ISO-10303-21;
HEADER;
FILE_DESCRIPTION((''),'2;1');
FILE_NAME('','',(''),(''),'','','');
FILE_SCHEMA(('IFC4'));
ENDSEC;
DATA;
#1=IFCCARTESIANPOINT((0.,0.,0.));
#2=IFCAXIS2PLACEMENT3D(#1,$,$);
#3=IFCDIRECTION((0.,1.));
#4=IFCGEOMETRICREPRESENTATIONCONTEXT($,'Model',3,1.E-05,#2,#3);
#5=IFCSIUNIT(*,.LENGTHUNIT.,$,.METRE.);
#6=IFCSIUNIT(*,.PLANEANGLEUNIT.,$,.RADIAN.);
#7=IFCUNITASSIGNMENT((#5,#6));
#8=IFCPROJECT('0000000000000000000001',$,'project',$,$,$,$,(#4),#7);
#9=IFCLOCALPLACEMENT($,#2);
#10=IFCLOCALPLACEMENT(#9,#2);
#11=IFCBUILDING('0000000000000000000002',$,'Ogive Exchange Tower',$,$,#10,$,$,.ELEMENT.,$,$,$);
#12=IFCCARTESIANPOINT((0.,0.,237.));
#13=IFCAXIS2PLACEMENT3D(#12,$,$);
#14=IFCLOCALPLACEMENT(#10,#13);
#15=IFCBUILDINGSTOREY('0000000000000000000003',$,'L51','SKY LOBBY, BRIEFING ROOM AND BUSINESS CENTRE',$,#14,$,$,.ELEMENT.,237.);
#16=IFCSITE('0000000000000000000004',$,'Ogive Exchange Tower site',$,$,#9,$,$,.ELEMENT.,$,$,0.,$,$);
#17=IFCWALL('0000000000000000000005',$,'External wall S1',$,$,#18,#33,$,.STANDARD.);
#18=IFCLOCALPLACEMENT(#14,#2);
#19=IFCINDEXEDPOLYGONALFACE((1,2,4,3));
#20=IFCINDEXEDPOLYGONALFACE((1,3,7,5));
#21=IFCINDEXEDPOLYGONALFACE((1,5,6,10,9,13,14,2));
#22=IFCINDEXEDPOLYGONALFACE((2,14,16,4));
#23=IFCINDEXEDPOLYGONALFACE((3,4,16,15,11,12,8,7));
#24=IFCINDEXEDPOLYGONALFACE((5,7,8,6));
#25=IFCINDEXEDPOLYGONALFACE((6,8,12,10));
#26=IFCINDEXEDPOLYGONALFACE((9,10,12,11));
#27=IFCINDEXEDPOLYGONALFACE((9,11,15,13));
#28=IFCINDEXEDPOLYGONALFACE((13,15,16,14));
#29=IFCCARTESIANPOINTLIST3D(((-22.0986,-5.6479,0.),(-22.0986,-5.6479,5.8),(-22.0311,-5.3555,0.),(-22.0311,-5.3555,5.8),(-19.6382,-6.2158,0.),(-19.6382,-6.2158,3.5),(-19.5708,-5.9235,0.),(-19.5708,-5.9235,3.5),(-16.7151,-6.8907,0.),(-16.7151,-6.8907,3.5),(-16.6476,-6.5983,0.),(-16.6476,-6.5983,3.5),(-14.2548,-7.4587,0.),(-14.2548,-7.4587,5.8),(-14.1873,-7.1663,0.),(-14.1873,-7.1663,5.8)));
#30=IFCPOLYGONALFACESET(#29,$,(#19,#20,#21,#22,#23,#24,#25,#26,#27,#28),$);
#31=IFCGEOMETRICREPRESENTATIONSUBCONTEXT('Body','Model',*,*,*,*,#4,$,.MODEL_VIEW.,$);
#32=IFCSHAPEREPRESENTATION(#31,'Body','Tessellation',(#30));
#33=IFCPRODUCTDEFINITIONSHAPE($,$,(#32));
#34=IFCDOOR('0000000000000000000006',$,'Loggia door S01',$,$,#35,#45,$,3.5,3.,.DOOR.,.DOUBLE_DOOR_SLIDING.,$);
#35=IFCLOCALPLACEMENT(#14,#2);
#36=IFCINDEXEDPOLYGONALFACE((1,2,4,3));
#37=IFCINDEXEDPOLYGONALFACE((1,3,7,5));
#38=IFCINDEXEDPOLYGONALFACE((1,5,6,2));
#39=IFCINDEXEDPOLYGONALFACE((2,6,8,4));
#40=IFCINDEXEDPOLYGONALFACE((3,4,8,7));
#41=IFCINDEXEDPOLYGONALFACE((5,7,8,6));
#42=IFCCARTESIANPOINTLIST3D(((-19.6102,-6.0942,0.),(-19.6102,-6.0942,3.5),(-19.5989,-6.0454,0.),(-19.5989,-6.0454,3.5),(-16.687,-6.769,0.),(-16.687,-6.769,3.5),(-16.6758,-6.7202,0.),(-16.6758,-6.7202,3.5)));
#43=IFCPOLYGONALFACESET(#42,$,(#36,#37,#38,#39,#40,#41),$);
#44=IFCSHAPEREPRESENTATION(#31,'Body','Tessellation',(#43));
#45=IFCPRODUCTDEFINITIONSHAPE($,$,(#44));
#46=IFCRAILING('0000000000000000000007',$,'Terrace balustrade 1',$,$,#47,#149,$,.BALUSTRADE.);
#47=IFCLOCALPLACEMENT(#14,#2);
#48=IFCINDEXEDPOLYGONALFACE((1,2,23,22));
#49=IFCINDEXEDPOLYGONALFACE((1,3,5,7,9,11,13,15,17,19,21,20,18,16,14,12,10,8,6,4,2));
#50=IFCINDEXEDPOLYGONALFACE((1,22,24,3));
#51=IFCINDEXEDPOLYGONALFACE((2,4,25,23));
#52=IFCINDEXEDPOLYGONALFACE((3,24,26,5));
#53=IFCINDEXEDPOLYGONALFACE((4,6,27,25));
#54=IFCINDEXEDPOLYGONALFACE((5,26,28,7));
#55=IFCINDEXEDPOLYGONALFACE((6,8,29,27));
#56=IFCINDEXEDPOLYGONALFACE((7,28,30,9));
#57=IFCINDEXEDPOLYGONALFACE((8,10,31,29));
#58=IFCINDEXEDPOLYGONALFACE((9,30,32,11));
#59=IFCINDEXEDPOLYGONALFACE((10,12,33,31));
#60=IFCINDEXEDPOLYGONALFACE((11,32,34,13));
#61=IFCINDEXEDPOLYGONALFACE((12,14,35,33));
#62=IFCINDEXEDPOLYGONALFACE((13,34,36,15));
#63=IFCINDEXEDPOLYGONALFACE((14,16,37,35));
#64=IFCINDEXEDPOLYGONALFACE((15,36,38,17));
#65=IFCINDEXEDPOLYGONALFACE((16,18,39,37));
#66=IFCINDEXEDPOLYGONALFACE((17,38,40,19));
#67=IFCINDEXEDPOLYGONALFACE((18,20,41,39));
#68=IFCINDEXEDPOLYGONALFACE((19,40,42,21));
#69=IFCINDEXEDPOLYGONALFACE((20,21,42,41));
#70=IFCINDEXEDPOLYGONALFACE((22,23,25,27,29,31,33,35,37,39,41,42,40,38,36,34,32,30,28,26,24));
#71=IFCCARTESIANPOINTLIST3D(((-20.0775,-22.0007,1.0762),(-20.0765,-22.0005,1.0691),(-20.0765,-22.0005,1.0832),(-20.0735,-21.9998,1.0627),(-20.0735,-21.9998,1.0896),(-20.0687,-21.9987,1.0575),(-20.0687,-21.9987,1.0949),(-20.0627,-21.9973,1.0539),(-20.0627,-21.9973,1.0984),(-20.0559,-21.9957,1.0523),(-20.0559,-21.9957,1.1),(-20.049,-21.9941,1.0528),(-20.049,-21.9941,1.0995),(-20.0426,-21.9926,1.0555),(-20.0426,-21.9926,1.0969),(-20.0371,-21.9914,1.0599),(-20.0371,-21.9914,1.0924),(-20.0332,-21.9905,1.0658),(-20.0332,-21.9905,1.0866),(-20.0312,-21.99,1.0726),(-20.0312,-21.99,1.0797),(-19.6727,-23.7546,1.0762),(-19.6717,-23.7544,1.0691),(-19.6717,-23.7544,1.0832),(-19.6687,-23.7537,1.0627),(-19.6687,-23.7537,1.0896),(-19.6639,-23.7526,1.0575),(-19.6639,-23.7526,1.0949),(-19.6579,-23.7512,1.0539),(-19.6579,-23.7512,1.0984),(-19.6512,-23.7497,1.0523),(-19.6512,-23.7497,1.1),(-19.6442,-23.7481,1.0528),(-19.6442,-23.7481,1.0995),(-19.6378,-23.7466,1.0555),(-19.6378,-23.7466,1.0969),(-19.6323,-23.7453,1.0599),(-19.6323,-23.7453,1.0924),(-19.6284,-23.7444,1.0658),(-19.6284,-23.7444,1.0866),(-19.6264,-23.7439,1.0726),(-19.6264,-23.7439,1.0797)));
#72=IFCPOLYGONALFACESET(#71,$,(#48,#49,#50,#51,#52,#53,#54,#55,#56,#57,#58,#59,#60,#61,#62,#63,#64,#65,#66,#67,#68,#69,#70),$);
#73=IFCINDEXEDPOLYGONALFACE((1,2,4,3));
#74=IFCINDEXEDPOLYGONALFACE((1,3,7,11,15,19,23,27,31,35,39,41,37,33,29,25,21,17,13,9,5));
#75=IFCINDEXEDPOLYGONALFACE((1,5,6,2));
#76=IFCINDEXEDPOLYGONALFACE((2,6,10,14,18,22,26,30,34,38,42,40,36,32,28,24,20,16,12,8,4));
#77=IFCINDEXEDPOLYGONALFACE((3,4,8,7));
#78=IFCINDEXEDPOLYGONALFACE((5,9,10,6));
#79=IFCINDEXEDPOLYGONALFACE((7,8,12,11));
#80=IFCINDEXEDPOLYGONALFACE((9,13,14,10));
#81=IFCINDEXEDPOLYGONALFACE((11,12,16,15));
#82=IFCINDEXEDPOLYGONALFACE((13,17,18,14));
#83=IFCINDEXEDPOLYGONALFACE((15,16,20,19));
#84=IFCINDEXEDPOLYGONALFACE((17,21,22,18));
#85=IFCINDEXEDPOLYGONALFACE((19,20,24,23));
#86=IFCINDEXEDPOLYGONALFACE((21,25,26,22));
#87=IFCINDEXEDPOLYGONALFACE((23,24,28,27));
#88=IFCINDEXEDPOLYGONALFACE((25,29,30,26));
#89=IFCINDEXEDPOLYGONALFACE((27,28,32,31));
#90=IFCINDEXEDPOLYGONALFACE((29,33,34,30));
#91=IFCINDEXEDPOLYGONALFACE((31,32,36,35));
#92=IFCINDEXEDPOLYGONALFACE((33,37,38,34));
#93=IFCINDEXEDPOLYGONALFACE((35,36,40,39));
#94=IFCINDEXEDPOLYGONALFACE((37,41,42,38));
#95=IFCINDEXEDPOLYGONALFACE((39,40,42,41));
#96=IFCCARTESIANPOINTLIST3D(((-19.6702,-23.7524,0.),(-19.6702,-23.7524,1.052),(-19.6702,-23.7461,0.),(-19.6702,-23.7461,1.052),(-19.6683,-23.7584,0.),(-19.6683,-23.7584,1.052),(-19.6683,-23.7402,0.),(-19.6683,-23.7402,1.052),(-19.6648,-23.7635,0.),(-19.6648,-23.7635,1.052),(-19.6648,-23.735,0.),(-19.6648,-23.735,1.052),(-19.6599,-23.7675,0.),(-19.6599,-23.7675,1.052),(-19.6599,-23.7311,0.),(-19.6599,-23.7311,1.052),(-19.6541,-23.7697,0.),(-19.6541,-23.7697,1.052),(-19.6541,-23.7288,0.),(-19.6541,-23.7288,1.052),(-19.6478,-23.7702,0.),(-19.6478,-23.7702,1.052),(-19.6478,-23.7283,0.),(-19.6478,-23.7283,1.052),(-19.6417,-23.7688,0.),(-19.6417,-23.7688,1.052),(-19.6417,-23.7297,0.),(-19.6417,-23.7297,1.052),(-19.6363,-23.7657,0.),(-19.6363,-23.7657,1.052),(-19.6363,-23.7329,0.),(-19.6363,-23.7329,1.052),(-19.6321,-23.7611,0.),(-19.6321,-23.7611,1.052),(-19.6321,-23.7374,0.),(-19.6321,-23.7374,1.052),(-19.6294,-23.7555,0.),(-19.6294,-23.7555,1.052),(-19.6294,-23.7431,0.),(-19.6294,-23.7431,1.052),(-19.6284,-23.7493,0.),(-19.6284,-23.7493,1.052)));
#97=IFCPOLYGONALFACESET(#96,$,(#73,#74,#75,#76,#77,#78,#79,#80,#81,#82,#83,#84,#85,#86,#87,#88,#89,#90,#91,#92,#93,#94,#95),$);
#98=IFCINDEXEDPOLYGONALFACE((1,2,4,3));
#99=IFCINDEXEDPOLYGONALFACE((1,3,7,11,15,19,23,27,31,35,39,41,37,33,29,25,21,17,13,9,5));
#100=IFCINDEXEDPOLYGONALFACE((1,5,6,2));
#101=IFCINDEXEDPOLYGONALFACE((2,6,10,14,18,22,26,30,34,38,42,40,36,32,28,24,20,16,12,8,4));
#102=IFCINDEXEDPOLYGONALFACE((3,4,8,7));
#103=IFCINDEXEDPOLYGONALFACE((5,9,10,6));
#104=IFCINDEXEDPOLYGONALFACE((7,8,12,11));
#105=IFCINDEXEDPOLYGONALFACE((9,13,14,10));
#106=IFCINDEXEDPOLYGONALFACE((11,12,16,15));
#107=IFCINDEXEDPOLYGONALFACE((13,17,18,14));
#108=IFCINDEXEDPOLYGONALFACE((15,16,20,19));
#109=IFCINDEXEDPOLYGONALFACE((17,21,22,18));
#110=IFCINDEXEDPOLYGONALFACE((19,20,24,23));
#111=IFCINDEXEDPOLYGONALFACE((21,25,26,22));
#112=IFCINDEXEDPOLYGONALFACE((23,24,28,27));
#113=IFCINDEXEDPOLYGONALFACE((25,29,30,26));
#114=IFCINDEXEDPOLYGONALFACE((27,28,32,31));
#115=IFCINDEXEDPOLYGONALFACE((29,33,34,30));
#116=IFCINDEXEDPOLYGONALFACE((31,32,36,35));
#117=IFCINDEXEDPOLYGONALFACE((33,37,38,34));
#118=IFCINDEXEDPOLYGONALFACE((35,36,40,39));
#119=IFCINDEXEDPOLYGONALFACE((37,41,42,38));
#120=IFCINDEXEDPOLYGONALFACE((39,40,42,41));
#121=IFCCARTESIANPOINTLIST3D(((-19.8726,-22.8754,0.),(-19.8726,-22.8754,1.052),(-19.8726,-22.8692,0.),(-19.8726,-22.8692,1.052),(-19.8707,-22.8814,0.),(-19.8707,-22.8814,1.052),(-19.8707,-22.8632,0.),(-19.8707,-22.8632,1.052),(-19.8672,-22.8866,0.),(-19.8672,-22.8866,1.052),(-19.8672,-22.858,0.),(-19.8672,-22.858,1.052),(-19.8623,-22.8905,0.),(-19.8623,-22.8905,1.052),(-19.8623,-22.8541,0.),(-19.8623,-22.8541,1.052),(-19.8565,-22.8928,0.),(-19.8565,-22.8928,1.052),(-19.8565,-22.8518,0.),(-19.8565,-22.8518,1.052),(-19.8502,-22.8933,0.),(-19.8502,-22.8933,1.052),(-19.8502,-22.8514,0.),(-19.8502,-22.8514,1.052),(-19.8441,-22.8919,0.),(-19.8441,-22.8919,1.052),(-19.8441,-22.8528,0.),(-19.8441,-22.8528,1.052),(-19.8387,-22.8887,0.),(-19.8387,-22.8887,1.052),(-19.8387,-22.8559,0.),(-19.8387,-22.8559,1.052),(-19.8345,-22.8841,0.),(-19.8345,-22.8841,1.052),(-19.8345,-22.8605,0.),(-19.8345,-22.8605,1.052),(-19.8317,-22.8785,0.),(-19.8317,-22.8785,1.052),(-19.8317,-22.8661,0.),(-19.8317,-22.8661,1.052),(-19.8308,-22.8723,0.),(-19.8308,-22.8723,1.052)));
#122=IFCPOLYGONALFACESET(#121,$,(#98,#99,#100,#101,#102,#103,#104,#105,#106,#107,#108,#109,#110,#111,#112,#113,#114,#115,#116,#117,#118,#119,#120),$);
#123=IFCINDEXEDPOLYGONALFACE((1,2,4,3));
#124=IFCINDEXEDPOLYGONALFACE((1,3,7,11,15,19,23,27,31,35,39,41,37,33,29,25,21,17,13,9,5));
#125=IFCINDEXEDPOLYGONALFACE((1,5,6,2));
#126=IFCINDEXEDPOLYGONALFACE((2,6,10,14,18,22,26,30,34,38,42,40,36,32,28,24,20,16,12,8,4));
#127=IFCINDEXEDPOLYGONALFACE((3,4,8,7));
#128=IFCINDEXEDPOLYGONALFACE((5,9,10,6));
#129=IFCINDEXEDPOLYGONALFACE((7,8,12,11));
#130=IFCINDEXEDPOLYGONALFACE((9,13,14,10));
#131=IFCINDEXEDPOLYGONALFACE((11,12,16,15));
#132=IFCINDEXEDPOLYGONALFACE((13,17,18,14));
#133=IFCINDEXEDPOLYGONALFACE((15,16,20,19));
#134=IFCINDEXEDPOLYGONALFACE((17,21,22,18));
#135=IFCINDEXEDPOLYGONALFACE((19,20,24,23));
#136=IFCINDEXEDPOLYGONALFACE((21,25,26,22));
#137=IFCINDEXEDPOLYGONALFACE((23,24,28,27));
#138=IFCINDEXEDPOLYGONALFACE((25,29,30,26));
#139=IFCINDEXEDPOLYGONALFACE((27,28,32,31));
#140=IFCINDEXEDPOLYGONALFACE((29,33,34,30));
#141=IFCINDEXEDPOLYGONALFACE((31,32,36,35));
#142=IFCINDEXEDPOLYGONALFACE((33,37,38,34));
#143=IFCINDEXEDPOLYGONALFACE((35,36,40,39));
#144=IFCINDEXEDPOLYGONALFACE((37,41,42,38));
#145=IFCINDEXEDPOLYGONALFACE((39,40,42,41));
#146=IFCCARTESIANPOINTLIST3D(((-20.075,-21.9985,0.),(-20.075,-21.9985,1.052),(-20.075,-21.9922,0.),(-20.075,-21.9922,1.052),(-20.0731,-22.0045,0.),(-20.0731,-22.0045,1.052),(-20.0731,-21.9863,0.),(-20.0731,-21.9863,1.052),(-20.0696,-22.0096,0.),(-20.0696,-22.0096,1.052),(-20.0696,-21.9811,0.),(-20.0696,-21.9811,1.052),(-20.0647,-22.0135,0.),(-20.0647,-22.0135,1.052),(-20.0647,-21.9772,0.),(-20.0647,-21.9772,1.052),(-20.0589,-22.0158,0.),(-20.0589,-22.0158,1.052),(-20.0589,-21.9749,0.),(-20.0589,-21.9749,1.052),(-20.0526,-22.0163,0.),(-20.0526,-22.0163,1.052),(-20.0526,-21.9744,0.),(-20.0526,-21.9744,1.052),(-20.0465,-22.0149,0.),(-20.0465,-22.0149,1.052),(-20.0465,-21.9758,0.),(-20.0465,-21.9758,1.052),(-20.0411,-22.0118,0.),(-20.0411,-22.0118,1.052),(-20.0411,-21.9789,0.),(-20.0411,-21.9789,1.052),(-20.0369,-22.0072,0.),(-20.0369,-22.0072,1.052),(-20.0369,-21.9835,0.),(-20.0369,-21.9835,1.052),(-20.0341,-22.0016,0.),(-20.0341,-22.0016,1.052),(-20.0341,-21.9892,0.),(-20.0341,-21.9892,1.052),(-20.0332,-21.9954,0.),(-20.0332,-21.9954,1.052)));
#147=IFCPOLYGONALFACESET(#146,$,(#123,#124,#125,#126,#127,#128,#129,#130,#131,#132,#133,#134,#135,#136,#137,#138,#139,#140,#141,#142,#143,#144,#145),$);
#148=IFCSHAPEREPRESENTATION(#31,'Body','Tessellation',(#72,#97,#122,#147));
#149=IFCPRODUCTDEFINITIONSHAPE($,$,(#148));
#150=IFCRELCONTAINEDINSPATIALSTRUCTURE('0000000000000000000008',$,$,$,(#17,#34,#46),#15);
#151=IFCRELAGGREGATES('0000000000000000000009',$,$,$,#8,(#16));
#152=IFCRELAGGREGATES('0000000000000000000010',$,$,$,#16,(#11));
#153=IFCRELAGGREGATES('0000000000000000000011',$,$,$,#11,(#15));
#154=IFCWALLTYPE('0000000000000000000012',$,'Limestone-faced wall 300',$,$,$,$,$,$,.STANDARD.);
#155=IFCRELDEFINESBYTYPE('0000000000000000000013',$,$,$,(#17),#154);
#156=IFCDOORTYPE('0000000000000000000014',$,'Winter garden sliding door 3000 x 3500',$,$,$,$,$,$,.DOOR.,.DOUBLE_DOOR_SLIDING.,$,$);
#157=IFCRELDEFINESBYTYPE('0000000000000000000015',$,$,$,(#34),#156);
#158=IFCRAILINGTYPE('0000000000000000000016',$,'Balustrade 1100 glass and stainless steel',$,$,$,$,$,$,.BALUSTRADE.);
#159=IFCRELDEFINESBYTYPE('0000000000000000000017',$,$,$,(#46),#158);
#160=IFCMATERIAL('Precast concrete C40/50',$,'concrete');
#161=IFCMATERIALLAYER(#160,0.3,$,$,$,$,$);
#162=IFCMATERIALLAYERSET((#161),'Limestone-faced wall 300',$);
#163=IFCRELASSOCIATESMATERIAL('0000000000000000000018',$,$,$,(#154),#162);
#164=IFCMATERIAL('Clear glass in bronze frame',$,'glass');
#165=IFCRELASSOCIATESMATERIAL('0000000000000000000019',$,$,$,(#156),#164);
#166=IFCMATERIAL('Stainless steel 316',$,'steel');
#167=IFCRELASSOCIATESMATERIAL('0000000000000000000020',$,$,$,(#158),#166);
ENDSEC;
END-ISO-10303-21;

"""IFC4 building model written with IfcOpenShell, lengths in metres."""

from ifc_helpers import new_model, si_unit, direction, frame, frame_2d, origin, origin_2d, place, context, subcontext, project, spatial, rectangle, circle, extrude, material, layer, layer_set, type_object, element, fill, save


model = new_model("IFC4")

# Units and contexts
model_context = context("Model", 3, precision=1e-05, world=origin(), true_north=direction((0.0, 1.0)))
body_context = subcontext(model_context, "Body", "Model", "MODEL_VIEW")
ifc_project = project(units=[si_unit("LENGTHUNIT", "METRE"), si_unit("PLANEANGLEUNIT", "RADIAN")], contexts=[model_context])

# Site, building, storey
site_placement = place(None, origin())
site = spatial("IfcSite", under=ifc_project, at=site_placement, Name="Ogive Exchange Tower site", CompositionType="ELEMENT", RefElevation=0.0)
building_placement = place(site_placement, origin())
building = spatial("IfcBuilding", under=site, at=building_placement, Name="Ogive Exchange Tower", CompositionType="ELEMENT")
storey_placement = place(building_placement, frame((0.0, 0.0, 237.0)))
storey = spatial("IfcBuildingStorey", under=building, at=storey_placement, Name="L51", Description="SKY LOBBY, BRIEFING ROOM AND BUSINESS CENTRE", CompositionType="ELEMENT", Elevation=237.0)

# Shared definitions
ifc_material_1 = material(Name="Precast concrete C40/50", Category="concrete")

# Wall, opening, door
ifc_layer_1 = layer(ifc_material_1, 0.3)
ifc_layer_set_1 = layer_set([ifc_layer_1], Name="Limestone-faced wall 300")
wall_type_1 = type_object("IfcWallType", Name="Limestone-faced wall 300", PredefinedType="STANDARD", material=ifc_layer_set_1)
wall_1_placement = place(storey_placement, frame((-22.0647, -5.5017, 0.0), z_axis=(0.0, 0.0, 1.0), x_axis=(0.974372, -0.224941, 0.0)))
wall_1 = element("IfcWall", 1, at=wall_1_placement, inside=storey, type_object=wall_type_1, Name="External wall S1", PredefinedType="STANDARD", context=body_context, shape_type="SweptSolid", body=[
    extrude(rectangle(XDim=8.05, YDim=0.3, at=frame_2d((4.0249, 0.0))), origin(), (0.0, 0.0, 1.0), 5.8),
])
opening_placement = place(wall_1_placement, frame((2.5249, 0.0, 0.0)))
opening = element("IfcOpeningElement", 2, at=opening_placement, cuts=wall_1, PredefinedType="OPENING", context=body_context, shape_type="SweptSolid", body=[
    extrude(rectangle(XDim=3.0, YDim=3.5, at=frame_2d((1.5, 1.75))), frame((0.0, 0.1599, 0.0), z_axis=(0.0, -1.0, 0.0), x_axis=(1.0, 0.0, 0.0)), (0.0, 0.0, 1.0), 0.3201),
])
ifc_material_2 = material(Name="Clear glass in bronze frame", Category="glass")
door_type = type_object("IfcDoorType", Name="Winter garden sliding door 3000 x 3500", OperationType="DOUBLE_DOOR_SLIDING", PredefinedType="DOOR", material=ifc_material_2)
door_placement = place(opening_placement, origin())
door = element("IfcDoor", 3, at=door_placement, inside=storey, type_object=door_type, Name="Loggia door S01", OperationType="DOUBLE_DOOR_SLIDING", OverallHeight=3.5, OverallWidth=3.0, PredefinedType="DOOR", context=body_context, shape_type="SweptSolid", body=[
    extrude(rectangle(XDim=3.0, YDim=3.5, at=frame_2d((1.5, 1.75))), frame((0.0, 0.0249, 0.0), z_axis=(0.0, -1.0, 0.0), x_axis=(1.0, 0.0, 0.0)), (0.0, 0.0, 1.0), 0.05),
])
fill(opening, door)

# Railing
ifc_material_3 = material(Name="Stainless steel 316", Category="steel")
railing_type_1 = type_object("IfcRailingType", Name="Balustrade 1100 glass and stainless steel", PredefinedType="BALUSTRADE", material=ifc_material_3)
railing_1_placement = place(storey_placement, frame((-19.6494, -23.7493, 0.0)))
element("IfcRailing", 4, at=railing_1_placement, inside=storey, type_object=railing_type_1, Name="Terrace balustrade 1", PredefinedType="BALUSTRADE", context=body_context, shape_type="SweptSolid", body=[
    extrude(circle(Radius=0.0239, at=origin_2d()), frame((0.0, 0.0, 1.0762), z_axis=(-0.224879, 0.974387, 0.0), x_axis=(-0.974387, -0.224879, 0.0)), (0.0, 0.0, 1.0), 1.8),
    extrude(circle(Radius=0.021, at=origin_2d()), origin(), (0.0, 0.0, 1.0), 1.052),
    extrude(circle(Radius=0.021, at=origin_2d()), frame((-0.2024, 0.877, 0.0)), (0.0, 0.0, 1.0), 1.052),
    extrude(circle(Radius=0.021, at=origin_2d()), frame((-0.4048, 1.7539, 0.0)), (0.0, 0.0, 1.0), 1.052),
])

save(model, "model.ifc")
